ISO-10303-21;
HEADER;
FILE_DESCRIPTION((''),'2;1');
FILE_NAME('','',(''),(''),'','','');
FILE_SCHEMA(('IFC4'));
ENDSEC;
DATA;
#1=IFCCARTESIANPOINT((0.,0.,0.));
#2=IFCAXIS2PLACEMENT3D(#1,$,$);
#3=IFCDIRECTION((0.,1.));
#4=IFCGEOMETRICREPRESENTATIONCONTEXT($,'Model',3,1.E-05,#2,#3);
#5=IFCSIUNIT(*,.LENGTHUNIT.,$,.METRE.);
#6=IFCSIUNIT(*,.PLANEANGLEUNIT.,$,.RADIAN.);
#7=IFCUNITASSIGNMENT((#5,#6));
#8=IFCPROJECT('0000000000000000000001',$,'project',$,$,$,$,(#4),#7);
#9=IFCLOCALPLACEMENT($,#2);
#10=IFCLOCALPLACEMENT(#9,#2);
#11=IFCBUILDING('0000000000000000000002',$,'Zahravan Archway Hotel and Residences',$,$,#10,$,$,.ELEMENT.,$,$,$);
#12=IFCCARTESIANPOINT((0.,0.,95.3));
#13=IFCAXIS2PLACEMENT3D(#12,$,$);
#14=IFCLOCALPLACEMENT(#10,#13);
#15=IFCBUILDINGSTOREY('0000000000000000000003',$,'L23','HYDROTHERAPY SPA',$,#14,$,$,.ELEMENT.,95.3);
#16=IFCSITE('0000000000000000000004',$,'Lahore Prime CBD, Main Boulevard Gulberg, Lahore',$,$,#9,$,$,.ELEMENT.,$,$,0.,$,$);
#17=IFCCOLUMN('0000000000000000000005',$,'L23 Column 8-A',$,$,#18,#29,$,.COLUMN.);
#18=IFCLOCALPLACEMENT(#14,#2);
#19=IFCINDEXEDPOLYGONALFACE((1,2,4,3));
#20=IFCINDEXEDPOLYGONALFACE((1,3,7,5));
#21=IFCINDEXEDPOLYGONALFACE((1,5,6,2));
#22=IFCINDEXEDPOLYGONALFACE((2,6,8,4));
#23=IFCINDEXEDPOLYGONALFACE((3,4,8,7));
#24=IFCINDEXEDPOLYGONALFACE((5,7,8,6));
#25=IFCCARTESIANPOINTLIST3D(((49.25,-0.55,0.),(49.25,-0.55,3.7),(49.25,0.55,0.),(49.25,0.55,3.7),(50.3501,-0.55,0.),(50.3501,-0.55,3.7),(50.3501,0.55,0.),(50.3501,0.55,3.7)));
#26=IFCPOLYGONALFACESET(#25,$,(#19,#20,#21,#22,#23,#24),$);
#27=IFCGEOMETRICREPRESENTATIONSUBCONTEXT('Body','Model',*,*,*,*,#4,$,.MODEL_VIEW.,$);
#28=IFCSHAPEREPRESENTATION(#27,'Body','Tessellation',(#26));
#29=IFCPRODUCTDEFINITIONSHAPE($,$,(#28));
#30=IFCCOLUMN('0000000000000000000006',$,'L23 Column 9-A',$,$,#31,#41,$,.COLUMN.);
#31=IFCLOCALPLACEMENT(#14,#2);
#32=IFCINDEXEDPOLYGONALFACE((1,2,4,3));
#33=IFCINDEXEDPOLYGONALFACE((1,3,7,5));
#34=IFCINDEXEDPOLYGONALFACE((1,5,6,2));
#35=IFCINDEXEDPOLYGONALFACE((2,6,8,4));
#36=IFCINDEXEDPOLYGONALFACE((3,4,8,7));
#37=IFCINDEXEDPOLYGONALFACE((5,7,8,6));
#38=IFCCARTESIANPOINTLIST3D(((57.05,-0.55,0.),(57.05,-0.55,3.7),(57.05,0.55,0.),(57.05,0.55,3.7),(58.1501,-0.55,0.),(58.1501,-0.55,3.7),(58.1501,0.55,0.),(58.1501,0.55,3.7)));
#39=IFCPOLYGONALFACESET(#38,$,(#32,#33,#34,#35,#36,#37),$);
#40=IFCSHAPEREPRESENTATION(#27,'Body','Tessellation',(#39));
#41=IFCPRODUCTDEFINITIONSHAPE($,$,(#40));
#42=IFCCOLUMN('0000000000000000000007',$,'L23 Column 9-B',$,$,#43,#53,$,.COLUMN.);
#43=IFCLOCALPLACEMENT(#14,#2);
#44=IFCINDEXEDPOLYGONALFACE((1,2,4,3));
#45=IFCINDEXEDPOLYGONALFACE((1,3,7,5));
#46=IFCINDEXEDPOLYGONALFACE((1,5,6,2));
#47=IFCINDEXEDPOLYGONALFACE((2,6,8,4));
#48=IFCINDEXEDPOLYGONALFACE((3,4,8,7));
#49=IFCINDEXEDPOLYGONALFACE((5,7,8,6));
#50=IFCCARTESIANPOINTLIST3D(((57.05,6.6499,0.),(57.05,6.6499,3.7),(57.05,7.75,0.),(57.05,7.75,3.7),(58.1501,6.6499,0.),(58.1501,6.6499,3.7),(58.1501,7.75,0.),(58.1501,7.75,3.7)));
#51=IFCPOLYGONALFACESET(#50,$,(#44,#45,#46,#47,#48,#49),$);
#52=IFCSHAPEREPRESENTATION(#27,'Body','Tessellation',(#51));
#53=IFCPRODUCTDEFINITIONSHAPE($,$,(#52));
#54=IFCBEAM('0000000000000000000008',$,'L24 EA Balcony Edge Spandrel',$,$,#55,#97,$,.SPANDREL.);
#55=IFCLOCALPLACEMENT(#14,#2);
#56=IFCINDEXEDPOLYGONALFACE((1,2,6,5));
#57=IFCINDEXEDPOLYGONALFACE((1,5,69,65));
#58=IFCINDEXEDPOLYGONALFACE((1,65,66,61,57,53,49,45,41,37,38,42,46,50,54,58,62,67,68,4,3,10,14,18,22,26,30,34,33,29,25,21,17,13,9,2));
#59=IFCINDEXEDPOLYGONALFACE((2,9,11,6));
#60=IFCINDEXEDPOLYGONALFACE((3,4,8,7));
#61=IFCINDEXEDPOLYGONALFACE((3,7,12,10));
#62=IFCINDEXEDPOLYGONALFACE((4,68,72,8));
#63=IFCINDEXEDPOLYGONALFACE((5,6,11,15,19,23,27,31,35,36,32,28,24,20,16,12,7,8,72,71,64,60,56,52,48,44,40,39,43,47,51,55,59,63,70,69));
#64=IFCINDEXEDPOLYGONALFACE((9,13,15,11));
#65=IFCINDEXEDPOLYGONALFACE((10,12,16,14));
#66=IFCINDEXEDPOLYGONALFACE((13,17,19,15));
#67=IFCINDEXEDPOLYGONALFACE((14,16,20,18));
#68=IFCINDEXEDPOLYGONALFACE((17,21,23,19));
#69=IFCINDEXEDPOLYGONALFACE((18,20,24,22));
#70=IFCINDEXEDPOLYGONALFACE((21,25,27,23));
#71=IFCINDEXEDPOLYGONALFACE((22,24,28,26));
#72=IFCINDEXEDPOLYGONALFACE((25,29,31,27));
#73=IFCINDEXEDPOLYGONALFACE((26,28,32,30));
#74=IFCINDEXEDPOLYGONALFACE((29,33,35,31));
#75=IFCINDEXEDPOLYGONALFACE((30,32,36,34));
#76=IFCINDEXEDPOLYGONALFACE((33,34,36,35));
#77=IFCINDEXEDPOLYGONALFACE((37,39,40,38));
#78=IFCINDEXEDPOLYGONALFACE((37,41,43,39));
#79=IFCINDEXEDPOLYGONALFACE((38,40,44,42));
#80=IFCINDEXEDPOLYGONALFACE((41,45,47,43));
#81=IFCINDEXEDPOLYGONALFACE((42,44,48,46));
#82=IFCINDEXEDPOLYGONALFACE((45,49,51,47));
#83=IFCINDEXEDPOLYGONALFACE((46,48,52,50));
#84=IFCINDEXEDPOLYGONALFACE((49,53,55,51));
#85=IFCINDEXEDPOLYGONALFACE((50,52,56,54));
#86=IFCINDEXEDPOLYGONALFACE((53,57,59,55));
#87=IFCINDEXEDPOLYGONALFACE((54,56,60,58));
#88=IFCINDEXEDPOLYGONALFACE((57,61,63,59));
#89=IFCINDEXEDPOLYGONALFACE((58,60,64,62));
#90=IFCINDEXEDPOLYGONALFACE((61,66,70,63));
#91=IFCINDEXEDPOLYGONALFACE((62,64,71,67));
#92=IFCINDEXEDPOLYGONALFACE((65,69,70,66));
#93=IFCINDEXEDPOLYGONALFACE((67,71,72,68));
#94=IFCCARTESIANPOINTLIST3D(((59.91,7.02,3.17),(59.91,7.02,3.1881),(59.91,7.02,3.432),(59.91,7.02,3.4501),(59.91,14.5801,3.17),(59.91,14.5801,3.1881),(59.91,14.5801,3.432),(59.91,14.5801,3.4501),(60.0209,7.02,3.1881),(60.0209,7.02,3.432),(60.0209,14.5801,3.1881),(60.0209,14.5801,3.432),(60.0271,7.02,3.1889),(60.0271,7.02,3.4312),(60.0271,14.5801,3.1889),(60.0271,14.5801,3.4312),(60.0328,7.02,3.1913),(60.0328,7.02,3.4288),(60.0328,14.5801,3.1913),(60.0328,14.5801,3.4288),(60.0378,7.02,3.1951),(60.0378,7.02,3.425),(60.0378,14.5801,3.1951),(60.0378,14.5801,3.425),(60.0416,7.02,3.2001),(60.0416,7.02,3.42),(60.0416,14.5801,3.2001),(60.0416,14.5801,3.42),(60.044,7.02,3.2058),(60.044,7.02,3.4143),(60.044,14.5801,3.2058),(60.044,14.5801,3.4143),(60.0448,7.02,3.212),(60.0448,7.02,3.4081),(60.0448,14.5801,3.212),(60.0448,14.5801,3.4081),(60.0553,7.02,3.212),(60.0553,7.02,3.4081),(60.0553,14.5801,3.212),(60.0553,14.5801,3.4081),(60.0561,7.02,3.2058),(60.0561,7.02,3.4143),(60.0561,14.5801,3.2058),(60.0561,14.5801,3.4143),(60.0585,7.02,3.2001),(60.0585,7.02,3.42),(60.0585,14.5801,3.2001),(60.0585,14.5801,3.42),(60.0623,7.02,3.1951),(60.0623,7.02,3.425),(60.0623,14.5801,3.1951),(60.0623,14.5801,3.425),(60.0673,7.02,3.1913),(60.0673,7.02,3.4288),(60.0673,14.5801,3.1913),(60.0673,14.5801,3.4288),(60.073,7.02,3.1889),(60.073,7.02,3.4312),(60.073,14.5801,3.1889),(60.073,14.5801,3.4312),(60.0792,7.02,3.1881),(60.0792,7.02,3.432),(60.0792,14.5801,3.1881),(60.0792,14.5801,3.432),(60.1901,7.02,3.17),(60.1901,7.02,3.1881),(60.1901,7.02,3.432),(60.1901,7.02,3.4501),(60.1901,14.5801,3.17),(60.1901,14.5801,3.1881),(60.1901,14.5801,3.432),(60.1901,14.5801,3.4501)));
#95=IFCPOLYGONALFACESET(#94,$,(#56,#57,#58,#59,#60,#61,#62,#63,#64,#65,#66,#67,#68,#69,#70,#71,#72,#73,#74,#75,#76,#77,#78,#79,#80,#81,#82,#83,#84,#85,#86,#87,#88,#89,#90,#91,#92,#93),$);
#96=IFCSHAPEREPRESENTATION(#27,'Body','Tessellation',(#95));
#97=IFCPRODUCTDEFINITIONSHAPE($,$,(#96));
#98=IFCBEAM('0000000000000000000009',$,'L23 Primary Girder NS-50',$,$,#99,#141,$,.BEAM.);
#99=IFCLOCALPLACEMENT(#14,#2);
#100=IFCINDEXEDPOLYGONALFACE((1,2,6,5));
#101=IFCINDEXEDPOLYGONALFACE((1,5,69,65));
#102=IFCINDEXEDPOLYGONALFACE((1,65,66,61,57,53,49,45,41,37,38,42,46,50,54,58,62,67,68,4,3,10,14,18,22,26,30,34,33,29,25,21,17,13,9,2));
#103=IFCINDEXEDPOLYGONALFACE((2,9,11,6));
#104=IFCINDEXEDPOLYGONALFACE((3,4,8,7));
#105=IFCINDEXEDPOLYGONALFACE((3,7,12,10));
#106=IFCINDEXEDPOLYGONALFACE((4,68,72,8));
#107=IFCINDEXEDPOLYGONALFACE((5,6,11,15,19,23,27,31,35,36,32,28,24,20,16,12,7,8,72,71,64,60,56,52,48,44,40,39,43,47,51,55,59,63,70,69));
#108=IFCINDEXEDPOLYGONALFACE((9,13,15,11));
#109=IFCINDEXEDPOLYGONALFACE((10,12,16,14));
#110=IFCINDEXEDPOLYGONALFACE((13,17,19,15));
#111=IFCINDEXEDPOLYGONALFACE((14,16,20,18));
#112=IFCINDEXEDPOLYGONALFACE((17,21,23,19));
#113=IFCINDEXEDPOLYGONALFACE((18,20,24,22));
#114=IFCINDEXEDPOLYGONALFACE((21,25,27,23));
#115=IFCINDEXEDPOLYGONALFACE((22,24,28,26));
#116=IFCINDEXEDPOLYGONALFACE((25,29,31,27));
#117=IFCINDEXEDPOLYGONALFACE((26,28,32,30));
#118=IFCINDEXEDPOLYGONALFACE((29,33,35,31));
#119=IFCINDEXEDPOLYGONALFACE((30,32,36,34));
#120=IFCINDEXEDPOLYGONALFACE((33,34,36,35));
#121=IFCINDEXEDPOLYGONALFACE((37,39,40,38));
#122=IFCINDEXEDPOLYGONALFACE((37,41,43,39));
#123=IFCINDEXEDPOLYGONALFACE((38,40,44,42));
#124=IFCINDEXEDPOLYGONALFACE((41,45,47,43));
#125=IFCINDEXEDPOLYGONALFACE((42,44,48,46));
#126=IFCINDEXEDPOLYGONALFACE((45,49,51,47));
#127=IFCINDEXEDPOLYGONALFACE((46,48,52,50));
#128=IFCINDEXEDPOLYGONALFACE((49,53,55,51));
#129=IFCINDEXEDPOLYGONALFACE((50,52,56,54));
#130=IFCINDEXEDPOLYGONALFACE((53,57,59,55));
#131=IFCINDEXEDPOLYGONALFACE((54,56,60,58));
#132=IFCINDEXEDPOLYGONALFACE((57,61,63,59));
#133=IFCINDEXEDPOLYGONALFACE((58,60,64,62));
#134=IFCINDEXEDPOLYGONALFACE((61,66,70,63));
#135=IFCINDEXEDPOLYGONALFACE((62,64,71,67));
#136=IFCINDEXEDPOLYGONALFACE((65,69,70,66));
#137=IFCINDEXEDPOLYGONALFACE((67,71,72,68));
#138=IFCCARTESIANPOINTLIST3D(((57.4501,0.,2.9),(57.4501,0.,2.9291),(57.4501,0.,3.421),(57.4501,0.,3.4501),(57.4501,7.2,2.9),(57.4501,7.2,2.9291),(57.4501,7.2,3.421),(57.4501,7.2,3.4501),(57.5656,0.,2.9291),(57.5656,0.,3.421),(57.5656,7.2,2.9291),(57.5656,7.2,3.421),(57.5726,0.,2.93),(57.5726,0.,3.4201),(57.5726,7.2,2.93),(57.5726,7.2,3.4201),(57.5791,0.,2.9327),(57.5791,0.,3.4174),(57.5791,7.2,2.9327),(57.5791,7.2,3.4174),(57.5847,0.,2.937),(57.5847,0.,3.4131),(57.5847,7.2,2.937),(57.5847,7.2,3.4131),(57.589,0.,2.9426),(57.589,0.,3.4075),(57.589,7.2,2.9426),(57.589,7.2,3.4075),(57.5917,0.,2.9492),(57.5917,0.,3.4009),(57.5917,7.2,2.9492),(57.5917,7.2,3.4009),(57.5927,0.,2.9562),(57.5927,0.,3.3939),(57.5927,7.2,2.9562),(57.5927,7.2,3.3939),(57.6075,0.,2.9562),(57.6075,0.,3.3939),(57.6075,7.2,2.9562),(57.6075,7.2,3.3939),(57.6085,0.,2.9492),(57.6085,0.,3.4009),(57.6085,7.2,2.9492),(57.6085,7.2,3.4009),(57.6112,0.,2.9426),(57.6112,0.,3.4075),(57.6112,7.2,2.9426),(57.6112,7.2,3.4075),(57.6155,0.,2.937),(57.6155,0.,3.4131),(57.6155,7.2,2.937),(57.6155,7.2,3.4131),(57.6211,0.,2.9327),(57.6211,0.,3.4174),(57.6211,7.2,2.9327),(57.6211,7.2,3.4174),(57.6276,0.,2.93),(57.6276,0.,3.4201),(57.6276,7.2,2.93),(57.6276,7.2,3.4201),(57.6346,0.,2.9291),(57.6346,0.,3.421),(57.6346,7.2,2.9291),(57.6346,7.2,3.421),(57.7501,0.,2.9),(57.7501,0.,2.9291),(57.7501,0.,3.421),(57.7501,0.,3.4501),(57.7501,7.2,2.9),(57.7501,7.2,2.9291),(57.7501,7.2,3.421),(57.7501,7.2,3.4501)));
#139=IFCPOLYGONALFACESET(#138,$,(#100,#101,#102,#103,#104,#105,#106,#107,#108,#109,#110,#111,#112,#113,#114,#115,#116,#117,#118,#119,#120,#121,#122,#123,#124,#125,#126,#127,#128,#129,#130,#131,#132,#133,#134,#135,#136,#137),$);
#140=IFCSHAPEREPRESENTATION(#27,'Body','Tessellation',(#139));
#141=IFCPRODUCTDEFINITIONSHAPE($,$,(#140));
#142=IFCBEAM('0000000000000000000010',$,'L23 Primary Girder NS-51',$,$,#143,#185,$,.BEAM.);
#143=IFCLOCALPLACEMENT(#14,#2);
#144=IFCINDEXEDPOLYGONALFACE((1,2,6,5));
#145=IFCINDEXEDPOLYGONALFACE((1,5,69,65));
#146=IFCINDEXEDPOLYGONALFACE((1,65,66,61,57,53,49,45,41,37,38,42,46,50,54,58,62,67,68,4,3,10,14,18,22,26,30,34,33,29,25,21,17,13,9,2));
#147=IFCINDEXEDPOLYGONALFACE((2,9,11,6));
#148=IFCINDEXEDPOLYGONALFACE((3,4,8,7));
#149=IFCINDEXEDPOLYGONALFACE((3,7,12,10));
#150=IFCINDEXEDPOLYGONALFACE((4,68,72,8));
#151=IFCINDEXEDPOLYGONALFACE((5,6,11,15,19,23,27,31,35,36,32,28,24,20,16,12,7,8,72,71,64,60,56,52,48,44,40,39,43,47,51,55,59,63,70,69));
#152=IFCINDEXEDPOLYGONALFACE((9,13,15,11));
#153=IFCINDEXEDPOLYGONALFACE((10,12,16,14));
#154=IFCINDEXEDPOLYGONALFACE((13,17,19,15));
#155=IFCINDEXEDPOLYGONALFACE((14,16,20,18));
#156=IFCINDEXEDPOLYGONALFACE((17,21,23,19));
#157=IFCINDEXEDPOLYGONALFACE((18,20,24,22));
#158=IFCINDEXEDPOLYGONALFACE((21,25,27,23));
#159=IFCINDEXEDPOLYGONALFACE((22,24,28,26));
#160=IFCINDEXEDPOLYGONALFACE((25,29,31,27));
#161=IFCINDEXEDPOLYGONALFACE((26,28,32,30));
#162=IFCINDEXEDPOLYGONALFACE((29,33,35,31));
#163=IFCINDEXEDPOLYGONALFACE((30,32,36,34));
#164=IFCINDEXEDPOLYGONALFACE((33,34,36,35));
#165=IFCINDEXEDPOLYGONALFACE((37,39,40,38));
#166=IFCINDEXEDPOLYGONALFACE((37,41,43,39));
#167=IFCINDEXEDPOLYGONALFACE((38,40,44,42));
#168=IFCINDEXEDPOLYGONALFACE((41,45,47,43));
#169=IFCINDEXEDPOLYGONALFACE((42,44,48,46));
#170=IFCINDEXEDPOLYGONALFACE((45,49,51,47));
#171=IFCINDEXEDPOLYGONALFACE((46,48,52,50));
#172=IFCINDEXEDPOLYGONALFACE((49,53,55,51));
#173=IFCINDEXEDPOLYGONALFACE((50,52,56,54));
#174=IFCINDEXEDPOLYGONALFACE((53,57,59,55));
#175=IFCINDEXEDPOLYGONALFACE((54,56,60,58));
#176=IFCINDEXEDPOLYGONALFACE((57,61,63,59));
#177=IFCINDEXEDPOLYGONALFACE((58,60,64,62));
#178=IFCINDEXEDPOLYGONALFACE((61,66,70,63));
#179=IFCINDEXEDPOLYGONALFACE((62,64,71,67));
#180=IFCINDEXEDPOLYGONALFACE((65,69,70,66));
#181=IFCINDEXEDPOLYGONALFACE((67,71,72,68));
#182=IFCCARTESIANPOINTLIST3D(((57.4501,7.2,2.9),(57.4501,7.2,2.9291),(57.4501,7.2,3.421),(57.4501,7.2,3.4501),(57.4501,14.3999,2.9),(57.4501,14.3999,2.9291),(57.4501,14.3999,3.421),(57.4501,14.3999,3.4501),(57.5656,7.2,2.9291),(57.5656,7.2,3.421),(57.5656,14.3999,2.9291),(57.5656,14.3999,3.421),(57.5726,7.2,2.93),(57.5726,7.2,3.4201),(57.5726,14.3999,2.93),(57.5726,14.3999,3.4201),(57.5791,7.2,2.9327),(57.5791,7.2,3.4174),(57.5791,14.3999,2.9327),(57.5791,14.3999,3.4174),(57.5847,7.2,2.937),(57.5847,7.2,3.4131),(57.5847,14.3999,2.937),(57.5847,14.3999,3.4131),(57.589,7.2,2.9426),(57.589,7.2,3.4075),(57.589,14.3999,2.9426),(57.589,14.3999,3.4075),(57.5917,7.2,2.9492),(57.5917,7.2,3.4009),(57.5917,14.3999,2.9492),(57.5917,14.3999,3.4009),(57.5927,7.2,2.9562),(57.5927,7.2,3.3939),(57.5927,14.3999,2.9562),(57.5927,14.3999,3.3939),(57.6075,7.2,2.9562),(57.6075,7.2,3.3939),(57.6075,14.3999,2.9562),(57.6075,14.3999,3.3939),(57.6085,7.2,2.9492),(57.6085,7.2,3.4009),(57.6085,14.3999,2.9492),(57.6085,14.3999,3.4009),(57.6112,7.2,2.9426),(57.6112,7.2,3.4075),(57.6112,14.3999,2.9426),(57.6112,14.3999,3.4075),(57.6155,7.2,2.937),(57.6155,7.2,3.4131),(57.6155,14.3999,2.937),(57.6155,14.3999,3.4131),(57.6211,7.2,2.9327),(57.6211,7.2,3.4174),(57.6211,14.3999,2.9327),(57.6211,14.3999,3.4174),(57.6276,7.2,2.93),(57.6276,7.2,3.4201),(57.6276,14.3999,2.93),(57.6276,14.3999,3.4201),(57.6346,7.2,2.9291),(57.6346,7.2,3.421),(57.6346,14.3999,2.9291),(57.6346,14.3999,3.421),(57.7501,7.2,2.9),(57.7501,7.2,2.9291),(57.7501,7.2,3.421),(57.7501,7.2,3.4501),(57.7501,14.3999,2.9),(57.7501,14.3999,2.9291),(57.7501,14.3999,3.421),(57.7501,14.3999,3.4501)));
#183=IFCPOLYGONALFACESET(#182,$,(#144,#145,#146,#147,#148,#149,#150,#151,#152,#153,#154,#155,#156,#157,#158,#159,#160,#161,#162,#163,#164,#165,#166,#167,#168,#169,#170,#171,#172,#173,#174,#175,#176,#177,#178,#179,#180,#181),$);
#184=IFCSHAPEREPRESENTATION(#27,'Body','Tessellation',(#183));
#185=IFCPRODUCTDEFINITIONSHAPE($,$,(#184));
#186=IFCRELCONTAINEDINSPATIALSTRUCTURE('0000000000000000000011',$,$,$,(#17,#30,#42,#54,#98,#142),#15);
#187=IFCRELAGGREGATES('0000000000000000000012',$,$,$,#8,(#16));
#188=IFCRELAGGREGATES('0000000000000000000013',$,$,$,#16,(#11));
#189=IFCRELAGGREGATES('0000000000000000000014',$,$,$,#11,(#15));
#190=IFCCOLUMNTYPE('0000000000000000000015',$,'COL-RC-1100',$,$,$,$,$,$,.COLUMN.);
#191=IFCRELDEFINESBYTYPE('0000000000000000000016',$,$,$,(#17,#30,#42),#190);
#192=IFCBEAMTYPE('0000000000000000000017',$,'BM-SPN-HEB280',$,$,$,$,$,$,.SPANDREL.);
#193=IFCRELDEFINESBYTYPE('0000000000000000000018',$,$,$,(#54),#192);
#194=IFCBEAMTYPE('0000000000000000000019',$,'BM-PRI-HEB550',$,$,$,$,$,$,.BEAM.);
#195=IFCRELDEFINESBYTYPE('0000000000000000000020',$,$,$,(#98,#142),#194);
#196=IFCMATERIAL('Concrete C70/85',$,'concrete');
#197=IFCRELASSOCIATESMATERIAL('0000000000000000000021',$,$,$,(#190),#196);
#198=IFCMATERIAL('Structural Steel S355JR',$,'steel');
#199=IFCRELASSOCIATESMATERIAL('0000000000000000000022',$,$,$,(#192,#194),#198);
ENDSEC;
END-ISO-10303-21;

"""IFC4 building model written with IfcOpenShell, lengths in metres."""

from ifc_helpers import new_model, si_unit, direction, frame, origin, origin_2d, place, context, subcontext, project, spatial, rectangle, i_section, extrude, source, transform, mapped, material, material_profile, profile_set, type_object, type_shapes, element, save


model = new_model("IFC4")

# Units and contexts
model_context = context("Model", 3, precision=1e-05, world=origin(), true_north=direction((0.0, 1.0)))
body_context = subcontext(model_context, "Body", "Model", "MODEL_VIEW")
ifc_project = project(units=[si_unit("LENGTHUNIT", "METRE"), si_unit("PLANEANGLEUNIT", "RADIAN")], contexts=[model_context])

# Site, building, storey
site_placement = place(None, origin())
site = spatial("IfcSite", under=ifc_project, at=site_placement, Name="Lahore Prime CBD, Main Boulevard Gulberg, Lahore", CompositionType="ELEMENT", RefElevation=0.0)
building_placement = place(site_placement, origin())
building = spatial("IfcBuilding", under=site, at=building_placement, Name="Zahravan Archway Hotel and Residences", CompositionType="ELEMENT")
storey_placement = place(building_placement, frame((0.0, 0.0, 95.3)))
storey = spatial("IfcBuildingStorey", under=building, at=storey_placement, Name="L23", Description="HYDROTHERAPY SPA", CompositionType="ELEMENT", Elevation=95.3)

# Columns
ifc_material_1 = material(Name="Concrete C70/85", Category="concrete")
ifc_material_profile_1 = material_profile(ifc_material_1, rectangle(XDim=1.1001, YDim=1.1001, at=origin_2d()), Name="RC 1100x1100", Category="concrete")
ifc_profile_set_1 = profile_set([ifc_material_profile_1], Name="Concrete C70/85")
column_type = type_object("IfcColumnType", Name="COL-RC-1100", PredefinedType="COLUMN", material=ifc_profile_set_1)
shared_shape_1 = source(origin(), body_context, "Body", "SweptSolid", [
    extrude(rectangle(XDim=1.1001, YDim=1.1001, at=origin_2d()), origin(), (0.0, 0.0, 1.0), 3.7),
])
for number, where, z_axis, x_axis, name in (
    (1, (49.8, 0.0, 0.0), (0.0, 0.0, 1.0), (1.0, 0.0, 0.0), "L23 Column 8-A"),
    (2, (57.6001, 0.0, 0.0), (0.0, 0.0, 1.0), (1.0, 0.0, 0.0), "L23 Column 9-A"),
    (3, (57.6001, 7.2, 0.0), (0.0, 0.0, 1.0), (1.0, 0.0, 0.0), "L23 Column 9-B"),
):
    element("IfcColumn", number, at=place(storey_placement, frame(where, z_axis=z_axis, x_axis=x_axis)), inside=storey, type_object=column_type, Name=name, PredefinedType="COLUMN", context=body_context, shape_type="MappedRepresentation", body=[
        mapped(shared_shape_1, transform((0.0, 0.0, 0.0), scale=1.0)),
    ])

# Beams
ifc_material_2 = material(Name="Structural Steel S355JR", Category="steel")
ifc_material_profile_2 = material_profile(ifc_material_2, i_section(OverallWidth=0.28, OverallDepth=0.28, WebThickness=0.0105, FlangeThickness=0.0181, FilletRadius=0.0239, at=origin_2d()), Name="HEB 280", Category="steel")
ifc_profile_set_2 = profile_set([ifc_material_profile_2], Name="Structural Steel S355JR")
beam_type_1 = type_object("IfcBeamType", Name="BM-SPN-HEB280", PredefinedType="SPANDREL", material=ifc_profile_set_2)
shared_shape_2 = source(origin(), body_context, "Body", "SweptSolid", [
    extrude(i_section(OverallWidth=0.28, OverallDepth=0.28, WebThickness=0.0105, FlangeThickness=0.0181, FilletRadius=0.0239, at=origin_2d()), origin(), (0.0, 0.0, 1.0), 7.5601),
])
type_shapes(beam_type_1, [shared_shape_2])
beam_1_placement = place(storey_placement, frame((60.05, 7.02, 3.3101), z_axis=(0.0, 1.0, 0.0), x_axis=(-1.0, 0.0, 0.0)))
element("IfcBeam", 4, at=beam_1_placement, inside=storey, type_object=beam_type_1, Name="L24 EA Balcony Edge Spandrel", PredefinedType="SPANDREL", context=body_context, shape_type="MappedRepresentation", body=[
    mapped(shared_shape_2, transform((0.0, 0.0, 0.0), scale=1.0)),
])
ifc_material_profile_3 = material_profile(ifc_material_2, i_section(OverallWidth=0.3, OverallDepth=0.55, WebThickness=0.0149, FlangeThickness=0.0291, FilletRadius=0.0271, at=origin_2d()), Name="HEB 550", Category="steel")
ifc_profile_set_3 = profile_set([ifc_material_profile_3], Name="Structural Steel S355JR")
beam_type_2 = type_object("IfcBeamType", Name="BM-PRI-HEB550", PredefinedType="BEAM", material=ifc_profile_set_3)
shared_shape_3 = source(origin(), body_context, "Body", "SweptSolid", [
    extrude(i_section(OverallWidth=0.3, OverallDepth=0.55, WebThickness=0.0149, FlangeThickness=0.0291, FilletRadius=0.0271, at=origin_2d()), origin(), (0.0, 0.0, 1.0), 7.2),
])
for number, where, z_axis, x_axis, name in (
    (5, (57.6001, 0.0, 3.175), (0.0, 1.0, 0.0), (-1.0, 0.0, 0.0), "L23 Primary Girder NS-50"),
    (6, (57.6001, 7.2, 3.175), (0.0, 1.0, 0.0), (-1.0, 0.0, 0.0), "L23 Primary Girder NS-51"),
):
    element("IfcBeam", number, at=place(storey_placement, frame(where, z_axis=z_axis, x_axis=x_axis)), inside=storey, type_object=beam_type_2, Name=name, PredefinedType="BEAM", context=body_context, shape_type="MappedRepresentation", body=[
        mapped(shared_shape_3, transform((0.0, 0.0, 0.0), scale=1.0)),
    ])

save(model, "model.ifc")
